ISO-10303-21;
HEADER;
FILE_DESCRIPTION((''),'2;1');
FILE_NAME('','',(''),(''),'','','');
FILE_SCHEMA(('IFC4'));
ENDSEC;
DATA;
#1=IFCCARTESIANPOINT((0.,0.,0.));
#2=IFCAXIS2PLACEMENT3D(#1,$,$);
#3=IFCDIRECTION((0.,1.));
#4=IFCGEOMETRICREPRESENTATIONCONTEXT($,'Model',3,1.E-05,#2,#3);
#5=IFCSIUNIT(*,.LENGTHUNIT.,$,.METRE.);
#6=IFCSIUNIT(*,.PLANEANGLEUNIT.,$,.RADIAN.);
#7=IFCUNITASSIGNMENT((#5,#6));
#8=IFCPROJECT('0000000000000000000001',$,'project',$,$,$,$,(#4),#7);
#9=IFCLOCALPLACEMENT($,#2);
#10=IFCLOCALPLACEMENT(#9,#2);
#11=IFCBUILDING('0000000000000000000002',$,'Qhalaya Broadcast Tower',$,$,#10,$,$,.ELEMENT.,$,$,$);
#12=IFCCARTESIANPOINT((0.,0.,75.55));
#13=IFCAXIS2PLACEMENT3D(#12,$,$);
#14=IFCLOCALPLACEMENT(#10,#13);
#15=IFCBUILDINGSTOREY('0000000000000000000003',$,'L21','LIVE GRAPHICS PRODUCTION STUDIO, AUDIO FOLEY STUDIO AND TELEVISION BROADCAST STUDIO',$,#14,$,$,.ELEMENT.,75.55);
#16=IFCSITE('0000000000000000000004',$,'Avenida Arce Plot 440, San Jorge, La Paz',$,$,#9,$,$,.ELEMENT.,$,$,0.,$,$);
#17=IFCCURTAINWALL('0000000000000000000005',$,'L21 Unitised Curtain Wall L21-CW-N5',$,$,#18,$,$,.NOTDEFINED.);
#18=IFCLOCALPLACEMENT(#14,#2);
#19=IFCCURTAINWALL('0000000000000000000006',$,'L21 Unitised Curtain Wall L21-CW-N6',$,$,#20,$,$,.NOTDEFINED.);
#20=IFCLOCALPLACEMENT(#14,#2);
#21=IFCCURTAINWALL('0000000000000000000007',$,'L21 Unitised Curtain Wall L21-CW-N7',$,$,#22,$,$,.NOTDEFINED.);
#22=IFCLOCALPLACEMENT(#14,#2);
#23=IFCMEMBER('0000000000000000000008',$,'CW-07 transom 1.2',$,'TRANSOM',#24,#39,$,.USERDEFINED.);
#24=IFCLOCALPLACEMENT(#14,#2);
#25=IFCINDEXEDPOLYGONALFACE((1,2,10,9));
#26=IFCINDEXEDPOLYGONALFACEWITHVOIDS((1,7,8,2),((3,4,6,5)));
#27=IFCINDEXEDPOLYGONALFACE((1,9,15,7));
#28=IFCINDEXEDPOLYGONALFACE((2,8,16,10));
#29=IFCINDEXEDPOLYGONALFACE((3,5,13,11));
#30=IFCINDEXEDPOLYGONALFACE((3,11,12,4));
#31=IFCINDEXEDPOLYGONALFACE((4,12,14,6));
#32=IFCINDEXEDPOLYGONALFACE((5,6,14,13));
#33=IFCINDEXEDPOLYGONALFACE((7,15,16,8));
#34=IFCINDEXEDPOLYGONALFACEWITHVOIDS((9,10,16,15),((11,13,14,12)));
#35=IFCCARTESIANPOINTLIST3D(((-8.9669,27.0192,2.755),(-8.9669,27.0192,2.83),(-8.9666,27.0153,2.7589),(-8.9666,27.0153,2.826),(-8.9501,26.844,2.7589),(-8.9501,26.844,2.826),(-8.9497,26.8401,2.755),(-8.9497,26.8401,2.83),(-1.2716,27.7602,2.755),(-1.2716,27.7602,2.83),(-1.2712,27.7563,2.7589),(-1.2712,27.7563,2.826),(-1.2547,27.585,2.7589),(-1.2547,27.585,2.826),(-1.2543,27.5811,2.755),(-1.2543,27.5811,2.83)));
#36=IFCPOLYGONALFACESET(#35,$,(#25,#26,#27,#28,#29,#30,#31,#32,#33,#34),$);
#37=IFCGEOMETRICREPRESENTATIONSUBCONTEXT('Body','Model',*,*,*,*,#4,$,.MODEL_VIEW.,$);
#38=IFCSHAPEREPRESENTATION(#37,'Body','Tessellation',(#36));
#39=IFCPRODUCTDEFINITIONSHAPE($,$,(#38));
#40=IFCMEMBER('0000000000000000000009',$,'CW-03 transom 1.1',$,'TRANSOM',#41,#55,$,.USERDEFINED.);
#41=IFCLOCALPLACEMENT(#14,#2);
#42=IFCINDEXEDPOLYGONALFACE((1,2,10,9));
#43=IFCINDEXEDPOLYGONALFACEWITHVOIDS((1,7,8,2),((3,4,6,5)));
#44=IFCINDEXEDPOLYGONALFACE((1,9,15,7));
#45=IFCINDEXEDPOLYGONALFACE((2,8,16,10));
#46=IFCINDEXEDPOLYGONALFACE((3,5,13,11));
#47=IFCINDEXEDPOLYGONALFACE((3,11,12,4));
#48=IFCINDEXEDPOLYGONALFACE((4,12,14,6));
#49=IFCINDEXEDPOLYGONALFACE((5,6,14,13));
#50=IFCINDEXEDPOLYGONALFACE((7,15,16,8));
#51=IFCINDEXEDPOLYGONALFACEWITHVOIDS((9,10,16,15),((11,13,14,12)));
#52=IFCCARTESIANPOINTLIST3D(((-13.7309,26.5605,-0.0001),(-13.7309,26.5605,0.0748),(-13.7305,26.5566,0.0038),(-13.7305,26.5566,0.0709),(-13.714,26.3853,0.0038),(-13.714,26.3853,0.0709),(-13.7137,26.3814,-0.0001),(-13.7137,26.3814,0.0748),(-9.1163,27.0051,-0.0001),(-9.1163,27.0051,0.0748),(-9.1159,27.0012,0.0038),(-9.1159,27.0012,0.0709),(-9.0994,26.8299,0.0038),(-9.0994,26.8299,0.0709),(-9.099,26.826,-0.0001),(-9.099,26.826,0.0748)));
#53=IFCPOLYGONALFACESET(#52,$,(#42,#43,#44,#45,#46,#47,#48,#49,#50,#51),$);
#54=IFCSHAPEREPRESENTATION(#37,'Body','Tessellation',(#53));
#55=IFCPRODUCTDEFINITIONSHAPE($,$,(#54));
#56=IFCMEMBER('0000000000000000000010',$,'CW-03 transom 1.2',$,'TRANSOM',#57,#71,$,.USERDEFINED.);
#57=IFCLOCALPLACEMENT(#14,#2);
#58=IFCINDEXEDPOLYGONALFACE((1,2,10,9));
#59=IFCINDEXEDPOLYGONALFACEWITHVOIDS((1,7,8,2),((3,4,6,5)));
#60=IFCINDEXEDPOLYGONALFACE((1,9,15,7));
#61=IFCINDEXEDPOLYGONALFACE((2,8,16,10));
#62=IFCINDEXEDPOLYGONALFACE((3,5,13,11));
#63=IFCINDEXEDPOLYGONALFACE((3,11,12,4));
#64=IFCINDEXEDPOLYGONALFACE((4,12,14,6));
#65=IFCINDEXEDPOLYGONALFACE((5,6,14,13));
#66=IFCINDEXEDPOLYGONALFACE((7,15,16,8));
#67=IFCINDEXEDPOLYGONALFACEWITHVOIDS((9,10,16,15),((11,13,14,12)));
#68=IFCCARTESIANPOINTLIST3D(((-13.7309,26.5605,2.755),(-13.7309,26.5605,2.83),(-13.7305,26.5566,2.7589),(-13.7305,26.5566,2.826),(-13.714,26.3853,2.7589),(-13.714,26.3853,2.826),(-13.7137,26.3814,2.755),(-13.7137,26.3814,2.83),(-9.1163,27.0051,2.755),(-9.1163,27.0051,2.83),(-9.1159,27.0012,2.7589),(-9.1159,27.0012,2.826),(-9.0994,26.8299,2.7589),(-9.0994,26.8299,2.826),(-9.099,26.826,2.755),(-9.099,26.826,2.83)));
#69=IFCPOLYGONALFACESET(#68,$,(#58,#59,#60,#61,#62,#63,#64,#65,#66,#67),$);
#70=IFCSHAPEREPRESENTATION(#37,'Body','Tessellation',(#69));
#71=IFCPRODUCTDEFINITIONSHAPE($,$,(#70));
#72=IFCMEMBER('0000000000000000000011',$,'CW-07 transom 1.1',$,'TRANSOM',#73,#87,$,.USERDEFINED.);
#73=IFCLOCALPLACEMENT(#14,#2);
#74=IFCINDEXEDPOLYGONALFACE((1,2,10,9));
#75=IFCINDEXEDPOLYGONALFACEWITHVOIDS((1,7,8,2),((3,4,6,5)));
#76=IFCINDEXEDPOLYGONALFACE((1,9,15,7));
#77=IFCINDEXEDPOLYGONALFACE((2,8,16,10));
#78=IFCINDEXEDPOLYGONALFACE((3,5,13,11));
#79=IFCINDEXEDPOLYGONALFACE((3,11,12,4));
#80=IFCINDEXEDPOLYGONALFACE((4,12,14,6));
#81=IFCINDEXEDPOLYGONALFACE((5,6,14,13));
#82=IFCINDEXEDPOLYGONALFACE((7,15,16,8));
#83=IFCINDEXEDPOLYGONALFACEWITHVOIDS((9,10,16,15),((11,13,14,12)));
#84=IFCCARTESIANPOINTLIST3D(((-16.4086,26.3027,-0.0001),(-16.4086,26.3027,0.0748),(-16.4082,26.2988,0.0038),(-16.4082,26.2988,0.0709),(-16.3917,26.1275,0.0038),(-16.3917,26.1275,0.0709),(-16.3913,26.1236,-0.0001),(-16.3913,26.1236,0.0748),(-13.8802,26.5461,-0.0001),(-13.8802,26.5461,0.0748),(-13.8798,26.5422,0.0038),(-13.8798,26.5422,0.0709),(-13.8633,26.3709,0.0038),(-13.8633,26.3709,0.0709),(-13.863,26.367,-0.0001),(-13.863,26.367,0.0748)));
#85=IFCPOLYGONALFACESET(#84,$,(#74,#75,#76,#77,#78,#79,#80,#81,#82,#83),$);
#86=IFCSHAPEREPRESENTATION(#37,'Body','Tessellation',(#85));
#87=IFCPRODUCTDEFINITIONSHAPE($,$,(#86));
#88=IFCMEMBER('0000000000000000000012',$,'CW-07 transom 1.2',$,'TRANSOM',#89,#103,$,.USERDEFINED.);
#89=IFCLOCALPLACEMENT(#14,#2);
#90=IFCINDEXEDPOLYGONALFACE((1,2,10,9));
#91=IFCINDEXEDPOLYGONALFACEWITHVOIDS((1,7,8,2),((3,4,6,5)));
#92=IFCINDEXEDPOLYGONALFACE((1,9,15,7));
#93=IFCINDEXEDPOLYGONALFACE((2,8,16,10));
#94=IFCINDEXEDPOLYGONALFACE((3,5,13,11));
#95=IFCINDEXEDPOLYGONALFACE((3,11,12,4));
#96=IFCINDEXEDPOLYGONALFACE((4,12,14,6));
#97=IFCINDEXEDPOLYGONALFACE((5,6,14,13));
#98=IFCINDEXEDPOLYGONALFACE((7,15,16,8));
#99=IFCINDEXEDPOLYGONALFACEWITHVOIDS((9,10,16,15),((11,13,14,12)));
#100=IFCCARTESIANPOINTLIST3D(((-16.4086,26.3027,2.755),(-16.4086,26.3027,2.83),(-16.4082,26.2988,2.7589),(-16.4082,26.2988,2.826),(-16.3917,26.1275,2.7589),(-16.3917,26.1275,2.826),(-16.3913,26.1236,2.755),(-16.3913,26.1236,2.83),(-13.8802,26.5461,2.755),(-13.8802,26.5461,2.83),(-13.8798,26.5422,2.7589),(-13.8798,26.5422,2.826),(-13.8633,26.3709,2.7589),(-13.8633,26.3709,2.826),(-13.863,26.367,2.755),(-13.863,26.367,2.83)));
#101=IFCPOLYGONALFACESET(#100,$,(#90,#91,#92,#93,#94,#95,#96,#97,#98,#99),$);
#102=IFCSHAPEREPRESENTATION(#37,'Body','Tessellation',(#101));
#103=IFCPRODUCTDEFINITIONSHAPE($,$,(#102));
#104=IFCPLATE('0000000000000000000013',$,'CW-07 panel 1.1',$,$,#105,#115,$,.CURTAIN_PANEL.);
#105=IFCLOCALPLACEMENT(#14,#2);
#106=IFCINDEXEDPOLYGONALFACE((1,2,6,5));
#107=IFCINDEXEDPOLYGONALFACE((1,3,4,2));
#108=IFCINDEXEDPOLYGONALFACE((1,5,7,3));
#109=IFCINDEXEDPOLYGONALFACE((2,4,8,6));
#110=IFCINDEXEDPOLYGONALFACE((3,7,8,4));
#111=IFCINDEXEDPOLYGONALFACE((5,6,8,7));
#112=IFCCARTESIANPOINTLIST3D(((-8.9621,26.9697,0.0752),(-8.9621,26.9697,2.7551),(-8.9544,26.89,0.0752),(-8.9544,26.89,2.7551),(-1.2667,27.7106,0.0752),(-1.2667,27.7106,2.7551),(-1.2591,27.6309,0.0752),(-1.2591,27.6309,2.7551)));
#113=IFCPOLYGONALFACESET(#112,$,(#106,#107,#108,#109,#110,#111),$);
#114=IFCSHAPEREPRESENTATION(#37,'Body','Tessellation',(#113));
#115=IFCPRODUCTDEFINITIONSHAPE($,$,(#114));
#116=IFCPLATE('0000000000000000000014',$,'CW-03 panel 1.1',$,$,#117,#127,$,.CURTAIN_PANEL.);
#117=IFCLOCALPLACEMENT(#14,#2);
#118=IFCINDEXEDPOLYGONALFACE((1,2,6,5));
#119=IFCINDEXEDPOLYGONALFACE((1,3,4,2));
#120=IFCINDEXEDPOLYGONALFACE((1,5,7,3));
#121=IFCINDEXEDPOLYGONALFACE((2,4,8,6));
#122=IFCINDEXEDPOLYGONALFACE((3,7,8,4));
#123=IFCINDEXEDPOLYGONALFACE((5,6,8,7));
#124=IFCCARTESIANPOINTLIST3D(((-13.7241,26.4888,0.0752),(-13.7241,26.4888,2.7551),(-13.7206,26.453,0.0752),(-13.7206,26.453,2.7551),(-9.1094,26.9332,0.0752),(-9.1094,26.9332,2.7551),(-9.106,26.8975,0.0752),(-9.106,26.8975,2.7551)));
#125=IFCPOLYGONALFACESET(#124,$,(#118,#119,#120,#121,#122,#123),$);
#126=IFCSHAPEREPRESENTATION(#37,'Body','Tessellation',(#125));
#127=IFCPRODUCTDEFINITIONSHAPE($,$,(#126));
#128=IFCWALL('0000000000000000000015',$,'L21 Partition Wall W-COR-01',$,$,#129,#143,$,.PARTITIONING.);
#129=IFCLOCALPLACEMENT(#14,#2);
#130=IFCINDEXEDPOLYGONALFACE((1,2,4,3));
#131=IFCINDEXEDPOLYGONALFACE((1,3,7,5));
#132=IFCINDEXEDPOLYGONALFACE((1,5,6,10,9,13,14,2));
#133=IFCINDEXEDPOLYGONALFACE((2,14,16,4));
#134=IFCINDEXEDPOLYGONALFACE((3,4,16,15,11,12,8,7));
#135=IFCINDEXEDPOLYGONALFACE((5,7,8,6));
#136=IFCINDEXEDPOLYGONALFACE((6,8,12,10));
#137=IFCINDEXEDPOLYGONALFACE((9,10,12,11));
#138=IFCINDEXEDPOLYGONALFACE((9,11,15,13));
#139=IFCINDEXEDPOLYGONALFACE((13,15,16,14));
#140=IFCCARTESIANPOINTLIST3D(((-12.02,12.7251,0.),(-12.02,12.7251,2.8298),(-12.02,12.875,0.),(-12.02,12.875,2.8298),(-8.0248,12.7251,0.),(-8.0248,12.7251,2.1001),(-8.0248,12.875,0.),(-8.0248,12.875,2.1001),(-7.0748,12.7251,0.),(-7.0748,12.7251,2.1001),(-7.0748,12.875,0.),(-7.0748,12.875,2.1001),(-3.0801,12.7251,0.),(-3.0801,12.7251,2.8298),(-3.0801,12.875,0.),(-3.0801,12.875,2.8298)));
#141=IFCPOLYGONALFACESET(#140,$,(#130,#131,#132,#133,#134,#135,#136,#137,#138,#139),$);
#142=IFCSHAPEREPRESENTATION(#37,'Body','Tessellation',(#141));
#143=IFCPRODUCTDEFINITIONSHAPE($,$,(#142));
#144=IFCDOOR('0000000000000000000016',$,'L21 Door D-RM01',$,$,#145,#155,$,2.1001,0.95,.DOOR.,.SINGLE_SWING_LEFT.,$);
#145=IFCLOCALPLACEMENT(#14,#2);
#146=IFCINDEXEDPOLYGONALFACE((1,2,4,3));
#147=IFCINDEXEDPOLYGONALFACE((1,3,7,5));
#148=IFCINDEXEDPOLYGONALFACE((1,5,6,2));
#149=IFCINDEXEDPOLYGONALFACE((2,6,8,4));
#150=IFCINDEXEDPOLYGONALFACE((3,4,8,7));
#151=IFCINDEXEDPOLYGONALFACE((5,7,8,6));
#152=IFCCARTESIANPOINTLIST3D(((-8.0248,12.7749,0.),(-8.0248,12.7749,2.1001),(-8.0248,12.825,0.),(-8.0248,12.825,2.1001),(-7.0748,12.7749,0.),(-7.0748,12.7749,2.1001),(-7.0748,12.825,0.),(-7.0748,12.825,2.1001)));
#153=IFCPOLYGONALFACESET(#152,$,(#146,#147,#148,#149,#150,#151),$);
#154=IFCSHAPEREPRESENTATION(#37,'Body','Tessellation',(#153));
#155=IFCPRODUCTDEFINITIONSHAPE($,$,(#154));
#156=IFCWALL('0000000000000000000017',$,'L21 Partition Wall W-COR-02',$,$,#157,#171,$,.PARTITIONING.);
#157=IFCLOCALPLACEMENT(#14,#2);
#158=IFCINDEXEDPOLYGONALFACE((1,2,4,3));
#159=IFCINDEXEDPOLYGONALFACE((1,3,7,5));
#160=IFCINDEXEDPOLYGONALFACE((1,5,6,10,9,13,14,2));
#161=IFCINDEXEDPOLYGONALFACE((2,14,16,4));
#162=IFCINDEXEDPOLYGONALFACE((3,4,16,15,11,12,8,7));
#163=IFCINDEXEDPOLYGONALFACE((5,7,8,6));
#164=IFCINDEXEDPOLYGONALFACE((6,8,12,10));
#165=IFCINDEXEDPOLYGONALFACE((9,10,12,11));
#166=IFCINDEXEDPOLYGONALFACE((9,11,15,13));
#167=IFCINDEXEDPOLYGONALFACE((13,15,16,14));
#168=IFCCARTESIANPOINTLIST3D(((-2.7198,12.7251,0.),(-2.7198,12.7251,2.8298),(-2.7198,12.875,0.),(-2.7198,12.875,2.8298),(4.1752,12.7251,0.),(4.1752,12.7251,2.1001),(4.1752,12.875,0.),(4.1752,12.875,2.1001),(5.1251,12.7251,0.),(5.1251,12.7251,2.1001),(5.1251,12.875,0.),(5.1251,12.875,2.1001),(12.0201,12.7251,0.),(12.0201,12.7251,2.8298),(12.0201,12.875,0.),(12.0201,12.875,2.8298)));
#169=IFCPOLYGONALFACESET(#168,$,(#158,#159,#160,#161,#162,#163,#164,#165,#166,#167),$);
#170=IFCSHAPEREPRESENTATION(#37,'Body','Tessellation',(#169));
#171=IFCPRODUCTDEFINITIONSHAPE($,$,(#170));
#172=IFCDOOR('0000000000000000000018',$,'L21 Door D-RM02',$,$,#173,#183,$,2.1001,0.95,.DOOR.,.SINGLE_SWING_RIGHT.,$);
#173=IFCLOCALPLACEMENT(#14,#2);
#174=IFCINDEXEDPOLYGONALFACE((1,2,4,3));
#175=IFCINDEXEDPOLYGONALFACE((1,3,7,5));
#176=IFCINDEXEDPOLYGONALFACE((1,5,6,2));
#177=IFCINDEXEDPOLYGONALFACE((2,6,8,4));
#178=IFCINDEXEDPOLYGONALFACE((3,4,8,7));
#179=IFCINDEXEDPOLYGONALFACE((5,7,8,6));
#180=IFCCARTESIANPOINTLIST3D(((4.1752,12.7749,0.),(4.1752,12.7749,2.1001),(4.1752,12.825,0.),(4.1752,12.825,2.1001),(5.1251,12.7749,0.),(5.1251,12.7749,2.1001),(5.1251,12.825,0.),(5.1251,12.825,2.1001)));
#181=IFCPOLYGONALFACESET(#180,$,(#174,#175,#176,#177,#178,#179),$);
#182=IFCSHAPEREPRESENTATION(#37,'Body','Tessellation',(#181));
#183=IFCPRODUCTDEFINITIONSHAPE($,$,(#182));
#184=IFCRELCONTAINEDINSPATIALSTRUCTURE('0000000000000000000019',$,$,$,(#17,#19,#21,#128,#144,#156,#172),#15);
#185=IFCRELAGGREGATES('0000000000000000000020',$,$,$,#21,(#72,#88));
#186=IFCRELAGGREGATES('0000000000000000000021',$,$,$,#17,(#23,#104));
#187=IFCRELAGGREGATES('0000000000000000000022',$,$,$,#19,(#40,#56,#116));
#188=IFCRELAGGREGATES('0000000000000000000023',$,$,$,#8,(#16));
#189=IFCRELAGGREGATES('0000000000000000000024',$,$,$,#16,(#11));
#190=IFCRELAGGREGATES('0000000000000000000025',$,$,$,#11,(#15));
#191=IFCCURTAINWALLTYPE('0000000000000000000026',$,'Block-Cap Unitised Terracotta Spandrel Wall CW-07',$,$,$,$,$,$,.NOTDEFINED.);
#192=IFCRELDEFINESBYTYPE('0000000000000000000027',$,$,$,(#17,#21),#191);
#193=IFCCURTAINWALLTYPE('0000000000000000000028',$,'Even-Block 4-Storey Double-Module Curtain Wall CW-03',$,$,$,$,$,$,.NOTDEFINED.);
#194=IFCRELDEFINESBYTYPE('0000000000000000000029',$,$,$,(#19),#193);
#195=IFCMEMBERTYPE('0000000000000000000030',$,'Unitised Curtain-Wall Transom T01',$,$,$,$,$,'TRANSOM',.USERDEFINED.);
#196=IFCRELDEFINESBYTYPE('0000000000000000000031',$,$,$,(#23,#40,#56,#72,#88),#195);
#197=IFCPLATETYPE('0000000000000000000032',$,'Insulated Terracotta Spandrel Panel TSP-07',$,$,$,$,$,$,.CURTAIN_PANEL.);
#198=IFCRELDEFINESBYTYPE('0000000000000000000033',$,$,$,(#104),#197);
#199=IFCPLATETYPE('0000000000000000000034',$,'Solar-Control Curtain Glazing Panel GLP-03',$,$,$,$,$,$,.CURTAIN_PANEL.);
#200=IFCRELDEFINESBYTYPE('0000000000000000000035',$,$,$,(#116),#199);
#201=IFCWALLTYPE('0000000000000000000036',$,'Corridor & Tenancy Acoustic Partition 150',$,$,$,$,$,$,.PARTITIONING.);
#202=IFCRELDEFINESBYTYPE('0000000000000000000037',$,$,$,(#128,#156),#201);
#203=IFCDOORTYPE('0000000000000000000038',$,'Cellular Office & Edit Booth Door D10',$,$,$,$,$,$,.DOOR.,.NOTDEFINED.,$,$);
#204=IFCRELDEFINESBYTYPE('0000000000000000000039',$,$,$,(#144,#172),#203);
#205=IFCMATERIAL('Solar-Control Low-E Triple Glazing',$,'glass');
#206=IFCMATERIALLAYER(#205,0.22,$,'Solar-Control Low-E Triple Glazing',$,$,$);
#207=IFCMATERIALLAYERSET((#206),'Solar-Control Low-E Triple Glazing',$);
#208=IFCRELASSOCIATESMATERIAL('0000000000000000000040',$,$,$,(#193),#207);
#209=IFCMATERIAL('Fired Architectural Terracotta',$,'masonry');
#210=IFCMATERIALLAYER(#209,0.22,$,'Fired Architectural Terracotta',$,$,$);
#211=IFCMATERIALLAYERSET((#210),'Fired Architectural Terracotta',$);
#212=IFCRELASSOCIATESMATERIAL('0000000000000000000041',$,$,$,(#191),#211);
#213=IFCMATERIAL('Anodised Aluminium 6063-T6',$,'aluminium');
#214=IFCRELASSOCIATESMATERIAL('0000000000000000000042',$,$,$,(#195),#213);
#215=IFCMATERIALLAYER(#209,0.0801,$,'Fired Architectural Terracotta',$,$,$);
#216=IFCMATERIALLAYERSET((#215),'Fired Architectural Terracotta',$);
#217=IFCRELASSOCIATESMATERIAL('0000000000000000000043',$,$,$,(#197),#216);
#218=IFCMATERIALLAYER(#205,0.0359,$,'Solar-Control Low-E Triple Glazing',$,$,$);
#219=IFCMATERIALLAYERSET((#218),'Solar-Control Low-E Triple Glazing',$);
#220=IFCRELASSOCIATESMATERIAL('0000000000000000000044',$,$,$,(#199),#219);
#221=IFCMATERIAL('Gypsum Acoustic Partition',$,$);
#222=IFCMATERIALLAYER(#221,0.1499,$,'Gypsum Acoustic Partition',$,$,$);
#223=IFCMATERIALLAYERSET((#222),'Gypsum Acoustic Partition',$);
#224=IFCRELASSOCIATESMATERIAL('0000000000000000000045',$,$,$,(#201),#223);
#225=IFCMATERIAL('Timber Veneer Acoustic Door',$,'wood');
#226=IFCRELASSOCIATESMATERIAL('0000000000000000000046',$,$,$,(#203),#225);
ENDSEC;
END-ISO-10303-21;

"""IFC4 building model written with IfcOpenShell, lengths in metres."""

from ifc_helpers import new_model, si_unit, direction, frame, frame_2d, origin, origin_2d, place, context, subcontext, project, spatial, rectangle, hollow_rectangle, extrude, material, layer, layer_set, material_profile, profile_set, type_object, element, fill, aggregate, save


model = new_model("IFC4")

# Units and contexts
model_context = context("Model", 3, precision=1e-05, world=origin(), true_north=direction((0.0, 1.0)))
body_context = subcontext(model_context, "Body", "Model", "MODEL_VIEW")
ifc_project = project(units=[si_unit("LENGTHUNIT", "METRE"), si_unit("PLANEANGLEUNIT", "RADIAN")], contexts=[model_context])

# Site, building, storey
site_placement = place(None, origin())
site = spatial("IfcSite", under=ifc_project, at=site_placement, Name="Avenida Arce Plot 440, San Jorge, La Paz", CompositionType="ELEMENT", RefElevation=0.0)
building_placement = place(site_placement, origin())
building = spatial("IfcBuilding", under=site, at=building_placement, Name="Qhalaya Broadcast Tower", CompositionType="ELEMENT")
storey_placement = place(building_placement, frame((0.0, 0.0, 75.55)))
storey = spatial("IfcBuildingStorey", under=building, at=storey_placement, Name="L21", Description="LIVE GRAPHICS PRODUCTION STUDIO, AUDIO FOLEY STUDIO AND TELEVISION BROADCAST STUDIO", CompositionType="ELEMENT", Elevation=75.55)

# Shared definitions
ifc_material_1 = material(Name="Solar-Control Low-E Triple Glazing", Category="glass")
ifc_layer_1 = layer(ifc_material_1, 0.22, Name="Solar-Control Low-E Triple Glazing")
ifc_layer_set_1 = layer_set([ifc_layer_1], Name="Solar-Control Low-E Triple Glazing")
curtain_wall_type_1 = type_object("IfcCurtainWallType", Name="Even-Block 4-Storey Double-Module Curtain Wall CW-03", PredefinedType="NOTDEFINED", material=ifc_layer_set_1)
ifc_material_2 = material(Name="Anodised Aluminium 6063-T6", Category="aluminium")

# Curtain walls
ifc_material_3 = material(Name="Fired Architectural Terracotta", Category="masonry")
ifc_layer_2 = layer(ifc_material_3, 0.22, Name="Fired Architectural Terracotta")
ifc_layer_set_2 = layer_set([ifc_layer_2], Name="Fired Architectural Terracotta")
curtain_wall_type_2 = type_object("IfcCurtainWallType", Name="Block-Cap Unitised Terracotta Spandrel Wall CW-07", PredefinedType="NOTDEFINED", material=ifc_layer_set_2)
curtain_wall_1_placement = place(storey_placement, origin())
curtain_wall_1 = element("IfcCurtainWall", 1, at=curtain_wall_1_placement, inside=storey, type_object=curtain_wall_type_2, Name="L21 Unitised Curtain Wall L21-CW-N5", PredefinedType="NOTDEFINED")
curtain_wall_2_placement = place(storey_placement, origin())
curtain_wall_2 = element("IfcCurtainWall", 2, at=curtain_wall_2_placement, inside=storey, type_object=curtain_wall_type_1, Name="L21 Unitised Curtain Wall L21-CW-N6", PredefinedType="NOTDEFINED")

# Curtain wall
curtain_wall_3_placement = place(storey_placement, origin())
curtain_wall_3 = element("IfcCurtainWall", 3, at=curtain_wall_3_placement, inside=storey, type_object=curtain_wall_type_2, Name="L21 Unitised Curtain Wall L21-CW-N7", PredefinedType="NOTDEFINED")

# Members
ifc_material_profile_1 = material_profile(ifc_material_2, hollow_rectangle(XDim=0.075, YDim=0.1799, WallThickness=0.0039, at=origin_2d()), Name="ALU-TRN 75x180x4")
ifc_profile_set_1 = profile_set([ifc_material_profile_1], Name="Anodised Aluminium 6063-T6")
member_type_1 = type_object("IfcMemberType", Name="Unitised Curtain-Wall Transom T01", ElementType="TRANSOM", PredefinedType="USERDEFINED", material=ifc_profile_set_1)
member_1_placement = place(storey_placement, frame((-1.2629, 27.6707, 2.7925), z_axis=(-0.995396, -0.095845, 0.0), x_axis=(0.0, 0.0, 1.0)))
member_1 = element("IfcMember", 4, at=member_1_placement, type_object=member_type_1, Name="CW-07 transom 1.2", ObjectType="TRANSOM", PredefinedType="USERDEFINED", context=body_context, shape_type="SweptSolid", body=[
    extrude(hollow_rectangle(XDim=0.075, YDim=0.1799, WallThickness=0.0039, at=origin_2d()), origin(), (0.0, 0.0, 1.0), 7.731),
])
member_2_placement = place(storey_placement, frame((-9.1077, 26.9155, 0.0374), z_axis=(-0.995391, -0.0959, 0.0), x_axis=(0.0, 0.0, 1.0)))
member_2 = element("IfcMember", 5, at=member_2_placement, type_object=member_type_1, Name="CW-03 transom 1.1", ObjectType="TRANSOM", PredefinedType="USERDEFINED", context=body_context, shape_type="SweptSolid", body=[
    extrude(hollow_rectangle(XDim=0.075, YDim=0.1799, WallThickness=0.0039, at=origin_2d()), origin(), (0.0, 0.0, 1.0), 4.636),
])
member_3_placement = place(storey_placement, frame((-9.1077, 26.9155, 2.7925), z_axis=(-0.995391, -0.0959, 0.0), x_axis=(0.0, 0.0, 1.0)))
member_3 = element("IfcMember", 6, at=member_3_placement, type_object=member_type_1, Name="CW-03 transom 1.2", ObjectType="TRANSOM", PredefinedType="USERDEFINED", context=body_context, shape_type="SweptSolid", body=[
    extrude(hollow_rectangle(XDim=0.075, YDim=0.1799, WallThickness=0.0039, at=origin_2d()), origin(), (0.0, 0.0, 1.0), 4.636),
])
member_4_placement = place(storey_placement, frame((-13.8716, 26.4565, 0.0374), z_axis=(-0.995398, -0.09583, 0.0), x_axis=(0.0, 0.0, 1.0)))
member_4 = element("IfcMember", 7, at=member_4_placement, type_object=member_type_1, Name="CW-07 transom 1.1", ObjectType="TRANSOM", PredefinedType="USERDEFINED", context=body_context, shape_type="SweptSolid", body=[
    extrude(hollow_rectangle(XDim=0.075, YDim=0.1799, WallThickness=0.0039, at=origin_2d()), origin(), (0.0, 0.0, 1.0), 2.54),
])
member_5_placement = place(storey_placement, frame((-13.8716, 26.4565, 2.7925), z_axis=(-0.995398, -0.09583, 0.0), x_axis=(0.0, 0.0, 1.0)))
member_5 = element("IfcMember", 8, at=member_5_placement, type_object=member_type_1, Name="CW-07 transom 1.2", ObjectType="TRANSOM", PredefinedType="USERDEFINED", context=body_context, shape_type="SweptSolid", body=[
    extrude(hollow_rectangle(XDim=0.075, YDim=0.1799, WallThickness=0.0039, at=origin_2d()), origin(), (0.0, 0.0, 1.0), 2.54),
])
aggregate(curtain_wall_3, [member_4, member_5])

# Plates
ifc_layer_3 = layer(ifc_material_3, 0.0801, Name="Fired Architectural Terracotta")
ifc_layer_set_3 = layer_set([ifc_layer_3], Name="Fired Architectural Terracotta")
plate_type_1 = type_object("IfcPlateType", Name="Insulated Terracotta Spandrel Panel TSP-07", PredefinedType="CURTAIN_PANEL", material=ifc_layer_set_3)
plate_1_placement = place(storey_placement, frame((-5.1106, 27.3003, 0.0752), z_axis=(0.0, 0.0, 1.0), x_axis=(-0.995397, -0.095838, 0.0)))
plate_1 = element("IfcPlate", 9, at=plate_1_placement, type_object=plate_type_1, Name="CW-07 panel 1.1", PredefinedType="CURTAIN_PANEL", context=body_context, shape_type="SweptSolid", body=[
    extrude(rectangle(XDim=7.731, YDim=0.0801, at=origin_2d()), origin(), (0.0, 0.0, 1.0), 2.6799),
])
aggregate(curtain_wall_1, [member_1, plate_1])
ifc_layer_4 = layer(ifc_material_1, 0.0359, Name="Solar-Control Low-E Triple Glazing")
ifc_layer_set_4 = layer_set([ifc_layer_4], Name="Solar-Control Low-E Triple Glazing")
plate_type_2 = type_object("IfcPlateType", Name="Solar-Control Curtain Glazing Panel GLP-03", PredefinedType="CURTAIN_PANEL", material=ifc_layer_set_4)
plate_2_placement = place(storey_placement, frame((-11.415, 26.6931, 0.0752), z_axis=(0.0, 0.0, 1.0), x_axis=(-0.995394, -0.095864, 0.0)))
plate_2 = element("IfcPlate", 10, at=plate_2_placement, type_object=plate_type_2, Name="CW-03 panel 1.1", PredefinedType="CURTAIN_PANEL", context=body_context, shape_type="SweptSolid", body=[
    extrude(rectangle(XDim=4.636, YDim=0.0359, at=origin_2d()), origin(), (0.0, 0.0, 1.0), 2.6799),
])
aggregate(curtain_wall_2, [member_2, member_3, plate_2])

# Walls, openings, doors
ifc_material_4 = material(Name="Gypsum Acoustic Partition")
ifc_layer_5 = layer(ifc_material_4, 0.1499, Name="Gypsum Acoustic Partition")
ifc_layer_set_5 = layer_set([ifc_layer_5], Name="Gypsum Acoustic Partition")
wall_type_1 = type_object("IfcWallType", Name="Corridor & Tenancy Acoustic Partition 150", PredefinedType="PARTITIONING", material=ifc_layer_set_5)
wall_1_placement = place(storey_placement, frame((-12.02, 12.8, 0.0), z_axis=(0.0, 0.0, 1.0), x_axis=(1.0, 0.0, 0.0)))
wall_1 = element("IfcWall", 11, at=wall_1_placement, inside=storey, type_object=wall_type_1, Name="L21 Partition Wall W-COR-01", PredefinedType="PARTITIONING", context=body_context, shape_type="SweptSolid", body=[
    extrude(rectangle(XDim=8.9399, YDim=0.1499, at=frame_2d((4.47, 0.0))), origin(), (0.0, 0.0, 1.0), 2.8298),
])
opening_1_placement = place(wall_1_placement, frame((3.9951, 0.0, 0.0)))
opening_1 = element("IfcOpeningElement", 12, at=opening_1_placement, cuts=wall_1, PredefinedType="OPENING", context=body_context, shape_type="SweptSolid", body=[
    extrude(rectangle(XDim=0.95, YDim=2.1001, at=frame_2d((0.4751, 1.05))), frame((0.0, 0.0869, 0.0), z_axis=(0.0, -1.0, 0.0), x_axis=(1.0, 0.0, 0.0)), (0.0, 0.0, 1.0), 0.1738),
])
ifc_material_5 = material(Name="Timber Veneer Acoustic Door", Category="wood")
door_type = type_object("IfcDoorType", Name="Cellular Office & Edit Booth Door D10", OperationType="NOTDEFINED", PredefinedType="DOOR", material=ifc_material_5)
door_1_placement = place(opening_1_placement, origin())
door_1 = element("IfcDoor", 13, at=door_1_placement, inside=storey, type_object=door_type, Name="L21 Door D-RM01", OperationType="SINGLE_SWING_LEFT", OverallHeight=2.1001, OverallWidth=0.95, PredefinedType="DOOR", context=body_context, shape_type="SweptSolid", body=[
    extrude(rectangle(XDim=0.95, YDim=2.1001, at=frame_2d((0.4751, 1.05))), frame((0.0, 0.0249, 0.0), z_axis=(0.0, -1.0, 0.0), x_axis=(1.0, 0.0, 0.0)), (0.0, 0.0, 1.0), 0.05),
])
fill(opening_1, door_1)
wall_2_placement = place(storey_placement, frame((-2.72, 12.8, 0.0), z_axis=(0.0, 0.0, 1.0), x_axis=(1.0, 0.0, 0.0)))
wall_2 = element("IfcWall", 14, at=wall_2_placement, inside=storey, type_object=wall_type_1, Name="L21 Partition Wall W-COR-02", PredefinedType="PARTITIONING", context=body_context, shape_type="SweptSolid", body=[
    extrude(rectangle(XDim=14.74, YDim=0.1499, at=frame_2d((7.3701, 0.0))), origin(), (0.0, 0.0, 1.0), 2.8298),
])
opening_2_placement = place(wall_2_placement, frame((6.895, 0.0, 0.0)))
opening_2 = element("IfcOpeningElement", 15, at=opening_2_placement, cuts=wall_2, PredefinedType="OPENING", context=body_context, shape_type="SweptSolid", body=[
    extrude(rectangle(XDim=0.95, YDim=2.1001, at=frame_2d((0.4751, 1.05))), frame((0.0, 0.0869, 0.0), z_axis=(0.0, -1.0, 0.0), x_axis=(1.0, 0.0, 0.0)), (0.0, 0.0, 1.0), 0.1738),
])
door_2_placement = place(opening_2_placement, origin())
door_2 = element("IfcDoor", 16, at=door_2_placement, inside=storey, type_object=door_type, Name="L21 Door D-RM02", OperationType="SINGLE_SWING_RIGHT", OverallHeight=2.1001, OverallWidth=0.95, PredefinedType="DOOR", context=body_context, shape_type="SweptSolid", body=[
    extrude(rectangle(XDim=0.95, YDim=2.1001, at=frame_2d((0.4751, 1.05))), frame((0.0, 0.0249, 0.0), z_axis=(0.0, -1.0, 0.0), x_axis=(1.0, 0.0, 0.0)), (0.0, 0.0, 1.0), 0.05),
])
fill(opening_2, door_2)

save(model, "model.ifc")
